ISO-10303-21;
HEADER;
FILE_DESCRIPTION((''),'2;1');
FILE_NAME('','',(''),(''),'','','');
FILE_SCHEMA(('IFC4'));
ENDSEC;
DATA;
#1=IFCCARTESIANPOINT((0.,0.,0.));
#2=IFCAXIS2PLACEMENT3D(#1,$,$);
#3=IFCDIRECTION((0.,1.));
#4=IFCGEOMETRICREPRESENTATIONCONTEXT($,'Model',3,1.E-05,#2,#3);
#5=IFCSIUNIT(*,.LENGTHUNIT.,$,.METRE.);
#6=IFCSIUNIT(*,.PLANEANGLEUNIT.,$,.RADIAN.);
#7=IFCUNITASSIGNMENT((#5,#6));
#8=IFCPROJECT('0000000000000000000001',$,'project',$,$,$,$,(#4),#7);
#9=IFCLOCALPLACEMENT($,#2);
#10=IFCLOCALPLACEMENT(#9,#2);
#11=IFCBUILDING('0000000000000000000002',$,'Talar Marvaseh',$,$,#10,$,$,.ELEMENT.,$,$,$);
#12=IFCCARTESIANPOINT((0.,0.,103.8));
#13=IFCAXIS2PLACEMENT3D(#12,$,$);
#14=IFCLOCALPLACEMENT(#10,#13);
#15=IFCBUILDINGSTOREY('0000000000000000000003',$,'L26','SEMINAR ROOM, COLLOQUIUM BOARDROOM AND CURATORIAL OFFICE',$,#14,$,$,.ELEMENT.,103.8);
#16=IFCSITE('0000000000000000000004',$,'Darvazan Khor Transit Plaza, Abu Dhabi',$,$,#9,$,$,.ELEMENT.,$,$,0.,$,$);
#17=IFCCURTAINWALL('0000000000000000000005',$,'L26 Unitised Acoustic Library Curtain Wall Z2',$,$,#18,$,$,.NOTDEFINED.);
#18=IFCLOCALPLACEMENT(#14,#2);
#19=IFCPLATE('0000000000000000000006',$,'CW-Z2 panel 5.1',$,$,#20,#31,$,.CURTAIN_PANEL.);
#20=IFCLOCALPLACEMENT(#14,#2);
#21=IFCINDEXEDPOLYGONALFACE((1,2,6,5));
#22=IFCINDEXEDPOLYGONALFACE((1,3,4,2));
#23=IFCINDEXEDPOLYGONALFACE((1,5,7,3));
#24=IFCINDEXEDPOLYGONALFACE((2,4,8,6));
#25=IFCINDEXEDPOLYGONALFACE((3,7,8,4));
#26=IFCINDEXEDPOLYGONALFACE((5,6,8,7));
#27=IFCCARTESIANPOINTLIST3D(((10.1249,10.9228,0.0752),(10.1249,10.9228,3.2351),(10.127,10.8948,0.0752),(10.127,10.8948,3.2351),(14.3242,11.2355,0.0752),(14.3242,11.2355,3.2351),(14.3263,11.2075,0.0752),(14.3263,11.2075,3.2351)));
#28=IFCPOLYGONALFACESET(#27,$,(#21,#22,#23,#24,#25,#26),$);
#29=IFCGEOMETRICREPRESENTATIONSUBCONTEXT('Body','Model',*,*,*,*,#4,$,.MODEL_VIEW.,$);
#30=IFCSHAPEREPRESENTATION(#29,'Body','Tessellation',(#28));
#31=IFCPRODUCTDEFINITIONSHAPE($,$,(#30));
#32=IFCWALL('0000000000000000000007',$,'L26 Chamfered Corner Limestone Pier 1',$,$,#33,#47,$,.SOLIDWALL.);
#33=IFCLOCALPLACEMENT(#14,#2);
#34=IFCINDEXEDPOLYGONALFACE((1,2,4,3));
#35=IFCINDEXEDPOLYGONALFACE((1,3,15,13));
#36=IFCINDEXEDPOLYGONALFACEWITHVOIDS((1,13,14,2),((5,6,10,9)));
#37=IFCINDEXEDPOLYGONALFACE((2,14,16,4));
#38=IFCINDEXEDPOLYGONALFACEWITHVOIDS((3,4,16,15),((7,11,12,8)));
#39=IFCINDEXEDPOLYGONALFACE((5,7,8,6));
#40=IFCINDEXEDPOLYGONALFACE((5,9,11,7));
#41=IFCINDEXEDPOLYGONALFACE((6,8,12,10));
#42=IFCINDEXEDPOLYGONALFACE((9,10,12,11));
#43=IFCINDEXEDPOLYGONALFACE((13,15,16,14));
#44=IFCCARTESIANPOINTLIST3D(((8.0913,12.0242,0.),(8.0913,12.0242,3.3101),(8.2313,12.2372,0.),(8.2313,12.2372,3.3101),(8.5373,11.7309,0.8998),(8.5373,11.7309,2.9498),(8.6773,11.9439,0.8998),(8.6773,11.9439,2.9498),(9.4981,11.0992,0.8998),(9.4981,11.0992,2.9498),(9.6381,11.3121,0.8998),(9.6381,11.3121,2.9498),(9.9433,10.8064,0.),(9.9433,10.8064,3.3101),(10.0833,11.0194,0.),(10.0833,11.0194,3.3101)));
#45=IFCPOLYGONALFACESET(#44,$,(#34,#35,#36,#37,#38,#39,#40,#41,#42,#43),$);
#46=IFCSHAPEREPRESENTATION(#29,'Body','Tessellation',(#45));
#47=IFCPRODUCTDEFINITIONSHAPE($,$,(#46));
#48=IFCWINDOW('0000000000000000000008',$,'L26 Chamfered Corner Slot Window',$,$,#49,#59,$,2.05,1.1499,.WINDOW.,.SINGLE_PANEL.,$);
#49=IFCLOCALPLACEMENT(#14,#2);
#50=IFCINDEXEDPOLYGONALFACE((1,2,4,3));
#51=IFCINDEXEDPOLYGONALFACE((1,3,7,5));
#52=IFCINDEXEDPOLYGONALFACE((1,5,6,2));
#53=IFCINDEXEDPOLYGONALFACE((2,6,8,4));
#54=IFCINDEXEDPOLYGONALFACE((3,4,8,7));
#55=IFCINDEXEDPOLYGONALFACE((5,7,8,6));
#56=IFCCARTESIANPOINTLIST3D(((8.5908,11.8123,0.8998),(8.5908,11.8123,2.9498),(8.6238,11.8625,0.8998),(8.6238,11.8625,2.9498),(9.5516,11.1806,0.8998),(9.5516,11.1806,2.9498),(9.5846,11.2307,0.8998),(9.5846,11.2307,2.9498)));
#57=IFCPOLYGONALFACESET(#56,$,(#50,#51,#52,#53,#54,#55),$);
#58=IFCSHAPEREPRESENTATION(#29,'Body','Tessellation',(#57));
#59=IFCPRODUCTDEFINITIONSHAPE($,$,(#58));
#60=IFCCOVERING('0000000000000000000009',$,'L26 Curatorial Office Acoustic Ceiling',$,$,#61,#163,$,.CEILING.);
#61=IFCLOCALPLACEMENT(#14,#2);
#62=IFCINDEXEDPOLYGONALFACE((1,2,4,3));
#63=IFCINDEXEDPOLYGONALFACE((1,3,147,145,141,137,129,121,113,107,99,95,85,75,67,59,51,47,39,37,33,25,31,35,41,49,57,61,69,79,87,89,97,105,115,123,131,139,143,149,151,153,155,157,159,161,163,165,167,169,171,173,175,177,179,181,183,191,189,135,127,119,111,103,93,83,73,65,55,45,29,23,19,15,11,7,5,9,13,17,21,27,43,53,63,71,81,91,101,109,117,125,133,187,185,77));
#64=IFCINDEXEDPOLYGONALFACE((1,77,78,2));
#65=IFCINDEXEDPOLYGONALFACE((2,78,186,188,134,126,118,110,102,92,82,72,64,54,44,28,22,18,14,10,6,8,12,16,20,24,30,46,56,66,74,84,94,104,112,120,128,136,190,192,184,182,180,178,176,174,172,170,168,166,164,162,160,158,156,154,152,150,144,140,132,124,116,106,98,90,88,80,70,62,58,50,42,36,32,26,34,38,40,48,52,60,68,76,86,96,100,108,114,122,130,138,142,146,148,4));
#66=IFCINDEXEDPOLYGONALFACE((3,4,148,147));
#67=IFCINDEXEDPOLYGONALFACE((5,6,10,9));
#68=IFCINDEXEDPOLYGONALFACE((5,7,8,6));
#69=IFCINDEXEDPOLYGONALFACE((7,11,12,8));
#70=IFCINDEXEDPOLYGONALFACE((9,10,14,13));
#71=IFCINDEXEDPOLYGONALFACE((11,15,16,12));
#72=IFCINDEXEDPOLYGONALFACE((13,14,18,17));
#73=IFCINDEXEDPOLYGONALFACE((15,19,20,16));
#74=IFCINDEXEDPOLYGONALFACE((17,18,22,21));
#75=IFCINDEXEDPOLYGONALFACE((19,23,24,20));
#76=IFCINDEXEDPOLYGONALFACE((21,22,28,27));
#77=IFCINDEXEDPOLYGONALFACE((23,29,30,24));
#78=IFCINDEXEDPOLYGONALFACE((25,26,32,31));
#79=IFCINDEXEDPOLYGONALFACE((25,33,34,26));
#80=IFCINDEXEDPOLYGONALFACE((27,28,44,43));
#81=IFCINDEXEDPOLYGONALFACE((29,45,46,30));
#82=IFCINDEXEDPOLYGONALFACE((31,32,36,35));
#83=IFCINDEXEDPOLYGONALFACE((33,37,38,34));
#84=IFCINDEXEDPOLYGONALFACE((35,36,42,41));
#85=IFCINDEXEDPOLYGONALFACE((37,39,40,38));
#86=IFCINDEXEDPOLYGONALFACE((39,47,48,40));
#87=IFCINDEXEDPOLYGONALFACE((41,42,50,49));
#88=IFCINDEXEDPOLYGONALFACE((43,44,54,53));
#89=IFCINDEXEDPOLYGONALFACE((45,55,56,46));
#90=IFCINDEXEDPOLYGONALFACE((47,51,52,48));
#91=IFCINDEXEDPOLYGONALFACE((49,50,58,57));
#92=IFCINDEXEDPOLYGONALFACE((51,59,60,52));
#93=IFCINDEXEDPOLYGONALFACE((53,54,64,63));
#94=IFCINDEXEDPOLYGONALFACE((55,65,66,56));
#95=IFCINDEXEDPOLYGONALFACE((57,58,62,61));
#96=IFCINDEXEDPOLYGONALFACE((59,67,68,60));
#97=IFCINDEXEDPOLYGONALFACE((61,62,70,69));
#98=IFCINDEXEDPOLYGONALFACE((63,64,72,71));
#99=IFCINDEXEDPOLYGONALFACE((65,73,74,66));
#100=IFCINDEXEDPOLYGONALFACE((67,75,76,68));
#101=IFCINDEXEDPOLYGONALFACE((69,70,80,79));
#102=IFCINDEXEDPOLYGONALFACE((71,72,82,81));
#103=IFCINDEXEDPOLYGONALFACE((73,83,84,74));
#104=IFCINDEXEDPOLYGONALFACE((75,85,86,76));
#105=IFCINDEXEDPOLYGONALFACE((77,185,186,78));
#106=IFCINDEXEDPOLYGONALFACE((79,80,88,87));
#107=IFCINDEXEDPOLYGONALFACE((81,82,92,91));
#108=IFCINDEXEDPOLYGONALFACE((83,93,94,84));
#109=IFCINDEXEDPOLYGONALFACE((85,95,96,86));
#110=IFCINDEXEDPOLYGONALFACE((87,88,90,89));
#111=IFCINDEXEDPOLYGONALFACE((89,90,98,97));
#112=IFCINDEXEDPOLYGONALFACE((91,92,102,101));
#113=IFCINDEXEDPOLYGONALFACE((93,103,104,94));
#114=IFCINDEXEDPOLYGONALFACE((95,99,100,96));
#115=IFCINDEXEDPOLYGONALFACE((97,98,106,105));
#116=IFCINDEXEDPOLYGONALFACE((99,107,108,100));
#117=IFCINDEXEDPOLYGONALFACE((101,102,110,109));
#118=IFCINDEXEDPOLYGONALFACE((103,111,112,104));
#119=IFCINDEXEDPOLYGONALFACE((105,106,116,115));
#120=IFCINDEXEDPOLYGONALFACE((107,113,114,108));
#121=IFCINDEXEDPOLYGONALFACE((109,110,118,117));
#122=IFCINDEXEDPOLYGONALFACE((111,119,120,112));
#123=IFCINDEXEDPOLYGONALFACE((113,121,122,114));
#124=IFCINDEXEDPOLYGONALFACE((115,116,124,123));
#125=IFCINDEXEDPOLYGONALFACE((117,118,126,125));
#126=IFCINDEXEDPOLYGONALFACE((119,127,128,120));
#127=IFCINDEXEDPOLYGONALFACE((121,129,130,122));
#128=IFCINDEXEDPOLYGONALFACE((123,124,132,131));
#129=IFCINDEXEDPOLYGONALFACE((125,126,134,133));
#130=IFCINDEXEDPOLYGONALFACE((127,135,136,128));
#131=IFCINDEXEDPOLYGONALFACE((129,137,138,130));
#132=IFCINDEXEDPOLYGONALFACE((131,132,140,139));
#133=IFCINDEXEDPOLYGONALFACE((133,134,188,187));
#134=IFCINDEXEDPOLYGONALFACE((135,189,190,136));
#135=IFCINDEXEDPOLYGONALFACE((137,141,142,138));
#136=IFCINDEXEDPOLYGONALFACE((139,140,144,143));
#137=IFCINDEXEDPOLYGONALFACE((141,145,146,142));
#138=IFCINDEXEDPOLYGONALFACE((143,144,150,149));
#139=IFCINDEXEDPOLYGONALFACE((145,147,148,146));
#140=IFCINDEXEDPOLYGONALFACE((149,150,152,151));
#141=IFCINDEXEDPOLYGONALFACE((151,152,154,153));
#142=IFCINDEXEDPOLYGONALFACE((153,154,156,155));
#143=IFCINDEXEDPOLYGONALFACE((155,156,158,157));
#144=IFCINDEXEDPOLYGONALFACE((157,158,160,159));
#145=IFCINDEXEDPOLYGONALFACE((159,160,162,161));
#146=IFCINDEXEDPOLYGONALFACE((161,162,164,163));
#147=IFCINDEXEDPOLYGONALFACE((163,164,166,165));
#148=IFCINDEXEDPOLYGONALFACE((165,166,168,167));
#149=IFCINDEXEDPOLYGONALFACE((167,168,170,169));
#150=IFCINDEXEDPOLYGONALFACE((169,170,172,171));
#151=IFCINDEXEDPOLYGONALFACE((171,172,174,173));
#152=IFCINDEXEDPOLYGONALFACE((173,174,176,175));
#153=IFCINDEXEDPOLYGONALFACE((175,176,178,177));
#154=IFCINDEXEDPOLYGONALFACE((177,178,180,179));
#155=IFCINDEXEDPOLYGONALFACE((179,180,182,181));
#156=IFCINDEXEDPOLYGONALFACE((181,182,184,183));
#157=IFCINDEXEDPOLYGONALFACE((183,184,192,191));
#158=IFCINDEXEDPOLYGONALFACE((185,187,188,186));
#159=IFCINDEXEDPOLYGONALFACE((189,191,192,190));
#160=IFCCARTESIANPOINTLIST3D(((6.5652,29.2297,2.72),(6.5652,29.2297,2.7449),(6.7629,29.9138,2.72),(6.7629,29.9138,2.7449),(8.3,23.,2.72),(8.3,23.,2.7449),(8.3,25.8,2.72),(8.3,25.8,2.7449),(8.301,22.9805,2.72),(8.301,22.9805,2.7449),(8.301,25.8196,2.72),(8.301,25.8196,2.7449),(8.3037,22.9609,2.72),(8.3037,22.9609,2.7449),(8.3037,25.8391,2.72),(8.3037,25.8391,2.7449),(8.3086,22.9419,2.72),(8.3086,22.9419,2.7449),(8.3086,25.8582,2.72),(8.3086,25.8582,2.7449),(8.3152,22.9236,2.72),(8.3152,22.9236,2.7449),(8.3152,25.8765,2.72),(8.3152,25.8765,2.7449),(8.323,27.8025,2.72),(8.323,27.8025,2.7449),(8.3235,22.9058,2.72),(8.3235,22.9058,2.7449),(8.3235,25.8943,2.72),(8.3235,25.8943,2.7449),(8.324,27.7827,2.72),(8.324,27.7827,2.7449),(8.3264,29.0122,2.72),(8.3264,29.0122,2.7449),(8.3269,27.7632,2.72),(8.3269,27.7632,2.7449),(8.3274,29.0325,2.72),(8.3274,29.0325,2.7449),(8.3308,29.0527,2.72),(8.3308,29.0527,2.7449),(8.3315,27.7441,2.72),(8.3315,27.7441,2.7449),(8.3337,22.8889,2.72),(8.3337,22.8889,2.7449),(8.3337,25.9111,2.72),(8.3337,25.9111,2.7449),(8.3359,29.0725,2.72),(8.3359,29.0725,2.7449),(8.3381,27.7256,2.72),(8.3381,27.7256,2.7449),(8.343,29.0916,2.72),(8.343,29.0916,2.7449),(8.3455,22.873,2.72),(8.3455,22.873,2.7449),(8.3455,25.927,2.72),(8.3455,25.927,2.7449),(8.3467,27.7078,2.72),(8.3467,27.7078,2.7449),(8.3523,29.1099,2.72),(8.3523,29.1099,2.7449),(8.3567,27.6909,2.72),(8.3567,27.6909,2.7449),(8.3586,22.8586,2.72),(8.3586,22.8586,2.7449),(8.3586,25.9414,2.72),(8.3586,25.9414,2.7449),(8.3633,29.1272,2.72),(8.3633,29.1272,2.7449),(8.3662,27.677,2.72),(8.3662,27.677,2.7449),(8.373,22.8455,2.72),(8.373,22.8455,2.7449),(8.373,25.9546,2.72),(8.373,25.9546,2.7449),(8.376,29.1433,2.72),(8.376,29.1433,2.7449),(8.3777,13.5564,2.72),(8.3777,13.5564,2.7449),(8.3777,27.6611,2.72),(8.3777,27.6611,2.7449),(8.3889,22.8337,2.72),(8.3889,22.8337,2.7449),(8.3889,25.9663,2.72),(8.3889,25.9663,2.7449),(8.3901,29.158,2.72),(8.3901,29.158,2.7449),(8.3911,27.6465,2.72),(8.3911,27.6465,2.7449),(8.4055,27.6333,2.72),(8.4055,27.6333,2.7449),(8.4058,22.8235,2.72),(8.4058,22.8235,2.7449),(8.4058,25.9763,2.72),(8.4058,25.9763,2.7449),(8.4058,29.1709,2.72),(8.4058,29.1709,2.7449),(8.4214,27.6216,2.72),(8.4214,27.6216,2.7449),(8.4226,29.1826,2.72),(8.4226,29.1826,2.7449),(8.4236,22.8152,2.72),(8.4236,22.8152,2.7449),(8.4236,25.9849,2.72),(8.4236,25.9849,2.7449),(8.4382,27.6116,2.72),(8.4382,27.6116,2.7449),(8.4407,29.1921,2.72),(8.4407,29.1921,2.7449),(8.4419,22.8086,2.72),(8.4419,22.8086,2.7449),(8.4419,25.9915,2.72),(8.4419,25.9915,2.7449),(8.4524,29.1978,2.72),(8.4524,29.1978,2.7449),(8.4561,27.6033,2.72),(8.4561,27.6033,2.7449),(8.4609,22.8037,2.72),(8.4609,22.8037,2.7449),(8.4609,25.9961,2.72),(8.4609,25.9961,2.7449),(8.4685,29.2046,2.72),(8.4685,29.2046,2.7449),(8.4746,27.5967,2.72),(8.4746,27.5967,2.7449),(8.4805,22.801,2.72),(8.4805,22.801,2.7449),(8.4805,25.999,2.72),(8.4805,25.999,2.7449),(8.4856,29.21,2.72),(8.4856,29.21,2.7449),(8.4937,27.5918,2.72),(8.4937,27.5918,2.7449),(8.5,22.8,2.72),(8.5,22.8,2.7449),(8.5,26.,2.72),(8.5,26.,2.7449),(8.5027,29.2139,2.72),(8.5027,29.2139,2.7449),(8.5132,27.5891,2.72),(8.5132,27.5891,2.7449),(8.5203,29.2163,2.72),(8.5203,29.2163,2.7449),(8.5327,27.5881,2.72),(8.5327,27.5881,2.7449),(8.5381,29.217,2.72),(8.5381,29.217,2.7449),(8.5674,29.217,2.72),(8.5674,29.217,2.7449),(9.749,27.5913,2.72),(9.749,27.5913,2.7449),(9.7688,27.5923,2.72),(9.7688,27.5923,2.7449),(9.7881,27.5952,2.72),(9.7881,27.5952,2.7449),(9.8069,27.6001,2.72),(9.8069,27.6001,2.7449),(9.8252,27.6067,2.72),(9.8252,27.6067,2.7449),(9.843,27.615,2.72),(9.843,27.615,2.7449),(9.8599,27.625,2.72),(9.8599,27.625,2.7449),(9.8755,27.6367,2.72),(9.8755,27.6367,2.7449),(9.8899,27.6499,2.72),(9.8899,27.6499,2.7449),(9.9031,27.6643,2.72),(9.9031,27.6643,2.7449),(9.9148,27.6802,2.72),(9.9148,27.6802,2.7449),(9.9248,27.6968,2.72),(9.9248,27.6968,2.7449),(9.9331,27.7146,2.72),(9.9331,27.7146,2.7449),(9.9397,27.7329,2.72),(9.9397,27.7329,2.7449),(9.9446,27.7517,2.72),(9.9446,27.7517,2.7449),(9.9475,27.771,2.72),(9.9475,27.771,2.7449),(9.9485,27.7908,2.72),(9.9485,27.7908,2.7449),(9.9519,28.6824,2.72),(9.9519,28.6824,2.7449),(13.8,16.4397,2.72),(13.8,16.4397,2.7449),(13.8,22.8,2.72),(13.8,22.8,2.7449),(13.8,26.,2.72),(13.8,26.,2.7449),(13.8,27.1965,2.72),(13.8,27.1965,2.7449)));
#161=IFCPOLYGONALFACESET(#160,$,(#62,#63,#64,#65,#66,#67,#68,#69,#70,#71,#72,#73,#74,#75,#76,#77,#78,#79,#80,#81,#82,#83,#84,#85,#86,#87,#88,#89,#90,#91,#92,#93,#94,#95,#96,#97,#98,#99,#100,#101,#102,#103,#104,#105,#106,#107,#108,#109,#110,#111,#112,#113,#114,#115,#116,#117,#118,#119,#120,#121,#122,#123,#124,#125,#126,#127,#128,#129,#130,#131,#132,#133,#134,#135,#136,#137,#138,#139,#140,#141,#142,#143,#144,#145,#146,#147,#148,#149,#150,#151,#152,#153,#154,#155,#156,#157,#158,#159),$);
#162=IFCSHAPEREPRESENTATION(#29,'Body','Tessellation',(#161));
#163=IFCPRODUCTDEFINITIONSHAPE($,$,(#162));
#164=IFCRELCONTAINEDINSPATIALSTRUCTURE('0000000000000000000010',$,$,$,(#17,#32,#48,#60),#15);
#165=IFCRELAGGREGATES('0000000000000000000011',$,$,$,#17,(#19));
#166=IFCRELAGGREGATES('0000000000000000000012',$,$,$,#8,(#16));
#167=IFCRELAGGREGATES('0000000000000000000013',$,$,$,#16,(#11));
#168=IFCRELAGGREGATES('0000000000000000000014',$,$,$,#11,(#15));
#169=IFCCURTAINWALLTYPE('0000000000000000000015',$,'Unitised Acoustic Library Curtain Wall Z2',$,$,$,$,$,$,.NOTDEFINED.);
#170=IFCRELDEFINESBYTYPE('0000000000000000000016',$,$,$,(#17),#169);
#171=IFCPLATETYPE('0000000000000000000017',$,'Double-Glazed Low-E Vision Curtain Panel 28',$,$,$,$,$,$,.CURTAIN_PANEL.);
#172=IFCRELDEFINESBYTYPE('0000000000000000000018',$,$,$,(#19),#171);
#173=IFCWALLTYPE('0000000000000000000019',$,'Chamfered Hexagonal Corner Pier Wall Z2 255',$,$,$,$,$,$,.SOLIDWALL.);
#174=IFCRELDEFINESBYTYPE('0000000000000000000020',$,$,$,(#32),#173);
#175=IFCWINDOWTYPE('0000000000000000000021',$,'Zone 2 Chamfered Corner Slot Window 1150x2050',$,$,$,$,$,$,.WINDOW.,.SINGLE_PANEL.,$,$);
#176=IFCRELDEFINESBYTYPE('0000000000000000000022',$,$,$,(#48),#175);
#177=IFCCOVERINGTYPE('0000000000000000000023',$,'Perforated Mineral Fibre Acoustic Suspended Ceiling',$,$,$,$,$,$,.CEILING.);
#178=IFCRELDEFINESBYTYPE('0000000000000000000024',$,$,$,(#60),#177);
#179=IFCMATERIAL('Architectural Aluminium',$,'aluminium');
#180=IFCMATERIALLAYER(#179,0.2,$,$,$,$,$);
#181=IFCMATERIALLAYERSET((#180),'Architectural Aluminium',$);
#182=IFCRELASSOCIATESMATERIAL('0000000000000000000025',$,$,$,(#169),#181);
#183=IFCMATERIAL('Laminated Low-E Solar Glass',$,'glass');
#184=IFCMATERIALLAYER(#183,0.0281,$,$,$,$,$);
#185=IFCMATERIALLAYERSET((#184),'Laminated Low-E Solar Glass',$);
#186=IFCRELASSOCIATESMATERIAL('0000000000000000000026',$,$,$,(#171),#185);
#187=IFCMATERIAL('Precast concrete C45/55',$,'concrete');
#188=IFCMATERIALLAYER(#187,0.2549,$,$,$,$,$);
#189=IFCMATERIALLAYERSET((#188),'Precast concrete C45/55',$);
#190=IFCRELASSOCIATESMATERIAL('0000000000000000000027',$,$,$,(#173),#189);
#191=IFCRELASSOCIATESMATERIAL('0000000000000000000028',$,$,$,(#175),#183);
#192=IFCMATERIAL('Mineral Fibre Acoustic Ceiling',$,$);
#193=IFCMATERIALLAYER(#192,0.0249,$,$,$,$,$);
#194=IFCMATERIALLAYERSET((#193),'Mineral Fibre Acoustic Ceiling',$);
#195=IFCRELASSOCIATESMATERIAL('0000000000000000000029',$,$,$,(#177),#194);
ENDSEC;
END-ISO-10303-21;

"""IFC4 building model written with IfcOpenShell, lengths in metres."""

from ifc_helpers import new_model, si_unit, direction, frame, frame_2d, origin, origin_2d, place, context, subcontext, project, spatial, polyline, rectangle, outline, extrude, source, transform, mapped, material, layer, layer_set, type_object, type_shapes, element, fill, aggregate, save


model = new_model("IFC4")

# Units and contexts
model_context = context("Model", 3, precision=1e-05, world=origin(), true_north=direction((0.0, 1.0)))
body_context = subcontext(model_context, "Body", "Model", "MODEL_VIEW")
ifc_project = project(units=[si_unit("LENGTHUNIT", "METRE"), si_unit("PLANEANGLEUNIT", "RADIAN")], contexts=[model_context])

# Site, building, storey
site_placement = place(None, origin())
site = spatial("IfcSite", under=ifc_project, at=site_placement, Name="Darvazan Khor Transit Plaza, Abu Dhabi", CompositionType="ELEMENT", RefElevation=0.0)
building_placement = place(site_placement, origin())
building = spatial("IfcBuilding", under=site, at=building_placement, Name="Talar Marvaseh", CompositionType="ELEMENT")
storey_placement = place(building_placement, frame((0.0, 0.0, 103.8)))
storey = spatial("IfcBuildingStorey", under=building, at=storey_placement, Name="L26", Description="SEMINAR ROOM, COLLOQUIUM BOARDROOM AND CURATORIAL OFFICE", CompositionType="ELEMENT", Elevation=103.8)

# Curtain wall
ifc_material_1 = material(Name="Architectural Aluminium", Category="aluminium")
ifc_layer_1 = layer(ifc_material_1, 0.2)
ifc_layer_set_1 = layer_set([ifc_layer_1], Name="Architectural Aluminium")
curtain_wall_type = type_object("IfcCurtainWallType", Name="Unitised Acoustic Library Curtain Wall Z2", PredefinedType="NOTDEFINED", material=ifc_layer_set_1)
curtain_wall_1_placement = place(storey_placement, origin())
curtain_wall_1 = element("IfcCurtainWall", 1, at=curtain_wall_1_placement, inside=storey, type_object=curtain_wall_type, Name="L26 Unitised Acoustic Library Curtain Wall Z2", PredefinedType="NOTDEFINED")

# Plate
ifc_material_2 = material(Name="Laminated Low-E Solar Glass", Category="glass")
ifc_layer_2 = layer(ifc_material_2, 0.0281)
ifc_layer_set_2 = layer_set([ifc_layer_2], Name="Laminated Low-E Solar Glass")
plate_type = type_object("IfcPlateType", Name="Double-Glazed Low-E Vision Curtain Panel 28", PredefinedType="CURTAIN_PANEL", material=ifc_layer_set_2)
shared_shape_1 = source(origin(), body_context, "Body", "SweptSolid", [
    extrude(rectangle(XDim=4.2109, YDim=0.0281, at=origin_2d()), origin(), (0.0, 0.0, 1.0), 3.1599),
])
type_shapes(plate_type, [shared_shape_1])
plate_placement = place(storey_placement, frame((12.2256, 11.0652, 0.0752), z_axis=(0.0, 0.0, 1.0), x_axis=(-0.997239, -0.074263, 0.0)))
plate = element("IfcPlate", 2, at=plate_placement, type_object=plate_type, Name="CW-Z2 panel 5.1", PredefinedType="CURTAIN_PANEL", context=body_context, shape_type="MappedRepresentation", body=[
    mapped(shared_shape_1, transform((0.0, 0.0, 0.0), x_axis=(1.0, 0.0, 0.0), y_axis=(0.0, 1.0, 0.0), z_axis=(0.0, 0.0, 1.0), scale=1.0)),
])
aggregate(curtain_wall_1, [plate])

# Wall, opening, window
ifc_material_3 = material(Name="Precast concrete C45/55", Category="concrete")
ifc_layer_3 = layer(ifc_material_3, 0.2549)
ifc_layer_set_3 = layer_set([ifc_layer_3], Name="Precast concrete C45/55")
wall_type = type_object("IfcWallType", Name="Chamfered Hexagonal Corner Pier Wall Z2 255", PredefinedType="SOLIDWALL", material=ifc_layer_set_3)
wall_placement = place(storey_placement, frame((10.0134, 10.9128, 0.0), z_axis=(0.0, 0.0, 1.0), x_axis=(-0.835558, 0.549402, 0.0)))
wall = element("IfcWall", 3, at=wall_placement, inside=storey, type_object=wall_type, Name="L26 Chamfered Corner Limestone Pier 1", PredefinedType="SOLIDWALL", context=body_context, shape_type="SweptSolid", body=[
    extrude(rectangle(XDim=2.2166, YDim=0.2549, at=frame_2d((1.1084, 0.0))), origin(), (0.0, 0.0, 1.0), 3.3101),
])
opening_placement = place(wall_placement, frame((0.533, 0.0, 0.8999)))
opening = element("IfcOpeningElement", 4, at=opening_placement, cuts=wall, PredefinedType="OPENING", context=body_context, shape_type="SweptSolid", body=[
    extrude(rectangle(XDim=1.1499, YDim=2.05, at=frame_2d((0.575, 1.0249))), frame((0.0, 0.1375, 0.0), z_axis=(0.0, -1.0, 0.0), x_axis=(1.0, 0.0, 0.0)), (0.0, 0.0, 1.0), 0.2749),
])
window_type = type_object("IfcWindowType", Name="Zone 2 Chamfered Corner Slot Window 1150x2050", PartitioningType="SINGLE_PANEL", PredefinedType="WINDOW", material=ifc_material_2)
shared_shape_2 = source(origin(), body_context, "Body", "SweptSolid", [
    extrude(rectangle(XDim=1.1499, YDim=2.05, at=frame_2d((0.575, 1.0249))), frame((0.0, 0.03, 0.0), z_axis=(0.0, -1.0, 0.0), x_axis=(1.0, 0.0, 0.0)), (0.0, 0.0, 1.0), 0.0601),
])
type_shapes(window_type, [shared_shape_2])
window_placement = place(opening_placement, origin())
window = element("IfcWindow", 5, at=window_placement, inside=storey, type_object=window_type, Name="L26 Chamfered Corner Slot Window", OverallHeight=2.05, OverallWidth=1.1499, PartitioningType="SINGLE_PANEL", PredefinedType="WINDOW", context=body_context, shape_type="MappedRepresentation", body=[
    mapped(shared_shape_2, transform((0.0, 0.0, 0.0), x_axis=(1.0, 0.0, 0.0), y_axis=(0.0, 1.0, 0.0), z_axis=(0.0, 0.0, 1.0), scale=1.0)),
])
fill(opening, window)

# Covering
ifc_material_4 = material(Name="Mineral Fibre Acoustic Ceiling")
ifc_layer_4 = layer(ifc_material_4, 0.0249)
ifc_layer_set_4 = layer_set([ifc_layer_4], Name="Mineral Fibre Acoustic Ceiling")
covering_type_1 = type_object("IfcCoveringType", Name="Perforated Mineral Fibre Acoustic Suspended Ceiling", PredefinedType="CEILING", material=ifc_layer_set_4)
covering_1_placement = place(storey_placement, frame((0.0, 0.0, 2.72)))
element("IfcCovering", 6, at=covering_1_placement, inside=storey, type_object=covering_type_1, Name="L26 Curatorial Office Acoustic Ceiling", PredefinedType="CEILING", context=body_context, shape_type="SweptSolid", body=[
    extrude(outline(polyline([(6.7629, 29.9138), (8.5674, 29.217), (8.5381, 29.217), (8.5203, 29.2163), (8.5027, 29.2139), (8.4856, 29.21), (8.4685, 29.2046), (8.4524, 29.1978), (8.4407, 29.1921), (8.4226, 29.1826), (8.4058, 29.1709), (8.3901, 29.158), (8.376, 29.1433), (8.3633, 29.1272), (8.3523, 29.1099), (8.343, 29.0916), (8.3359, 29.0725), (8.3308, 29.0527), (8.3274, 29.0325), (8.3264, 29.0122), (8.323, 27.8025), (8.324, 27.7827), (8.3269, 27.7632), (8.3315, 27.7441), (8.3381, 27.7256), (8.3467, 27.7078), (8.3567, 27.6909), (8.3662, 27.677), (8.3777, 27.6611), (8.3911, 27.6465), (8.4055, 27.6333), (8.4214, 27.6216), (8.4382, 27.6116), (8.4561, 27.6033), (8.4746, 27.5967), (8.4937, 27.5918), (8.5132, 27.5891), (8.5327, 27.5881), (9.749, 27.5913), (9.7688, 27.5923), (9.7881, 27.5952), (9.8069, 27.6001), (9.8252, 27.6067), (9.843, 27.615), (9.8599, 27.625), (9.8755, 27.6367), (9.8899, 27.6499), (9.9031, 27.6643), (9.9148, 27.6802), (9.9248, 27.6968), (9.9331, 27.7146), (9.9397, 27.7329), (9.9446, 27.7517), (9.9475, 27.771), (9.9485, 27.7908), (9.9519, 28.6824), (13.8, 27.1965), (13.8, 26.0), (8.5, 26.0), (8.4805, 25.999), (8.4609, 25.9961), (8.4419, 25.9915), (8.4236, 25.9849), (8.4058, 25.9763), (8.3889, 25.9663), (8.373, 25.9546), (8.3586, 25.9414), (8.3455, 25.927), (8.3337, 25.9111), (8.3235, 25.8943), (8.3152, 25.8765), (8.3086, 25.8582), (8.3037, 25.8391), (8.301, 25.8196), (8.3, 25.8), (8.3, 23.0), (8.301, 22.9805), (8.3037, 22.9609), (8.3086, 22.9419), (8.3152, 22.9236), (8.3235, 22.9058), (8.3337, 22.8889), (8.3455, 22.873), (8.3586, 22.8586), (8.373, 22.8455), (8.3889, 22.8337), (8.4058, 22.8235), (8.4236, 22.8152), (8.4419, 22.8086), (8.4609, 22.8037), (8.4805, 22.801), (8.5, 22.8), (13.8, 22.8), (13.8, 16.4397), (8.3777, 13.5564), (6.5652, 29.2297), (6.7629, 29.9138)])), origin(), (0.0, 0.0, 1.0), 0.0249),
])

save(model, "model.ifc")
